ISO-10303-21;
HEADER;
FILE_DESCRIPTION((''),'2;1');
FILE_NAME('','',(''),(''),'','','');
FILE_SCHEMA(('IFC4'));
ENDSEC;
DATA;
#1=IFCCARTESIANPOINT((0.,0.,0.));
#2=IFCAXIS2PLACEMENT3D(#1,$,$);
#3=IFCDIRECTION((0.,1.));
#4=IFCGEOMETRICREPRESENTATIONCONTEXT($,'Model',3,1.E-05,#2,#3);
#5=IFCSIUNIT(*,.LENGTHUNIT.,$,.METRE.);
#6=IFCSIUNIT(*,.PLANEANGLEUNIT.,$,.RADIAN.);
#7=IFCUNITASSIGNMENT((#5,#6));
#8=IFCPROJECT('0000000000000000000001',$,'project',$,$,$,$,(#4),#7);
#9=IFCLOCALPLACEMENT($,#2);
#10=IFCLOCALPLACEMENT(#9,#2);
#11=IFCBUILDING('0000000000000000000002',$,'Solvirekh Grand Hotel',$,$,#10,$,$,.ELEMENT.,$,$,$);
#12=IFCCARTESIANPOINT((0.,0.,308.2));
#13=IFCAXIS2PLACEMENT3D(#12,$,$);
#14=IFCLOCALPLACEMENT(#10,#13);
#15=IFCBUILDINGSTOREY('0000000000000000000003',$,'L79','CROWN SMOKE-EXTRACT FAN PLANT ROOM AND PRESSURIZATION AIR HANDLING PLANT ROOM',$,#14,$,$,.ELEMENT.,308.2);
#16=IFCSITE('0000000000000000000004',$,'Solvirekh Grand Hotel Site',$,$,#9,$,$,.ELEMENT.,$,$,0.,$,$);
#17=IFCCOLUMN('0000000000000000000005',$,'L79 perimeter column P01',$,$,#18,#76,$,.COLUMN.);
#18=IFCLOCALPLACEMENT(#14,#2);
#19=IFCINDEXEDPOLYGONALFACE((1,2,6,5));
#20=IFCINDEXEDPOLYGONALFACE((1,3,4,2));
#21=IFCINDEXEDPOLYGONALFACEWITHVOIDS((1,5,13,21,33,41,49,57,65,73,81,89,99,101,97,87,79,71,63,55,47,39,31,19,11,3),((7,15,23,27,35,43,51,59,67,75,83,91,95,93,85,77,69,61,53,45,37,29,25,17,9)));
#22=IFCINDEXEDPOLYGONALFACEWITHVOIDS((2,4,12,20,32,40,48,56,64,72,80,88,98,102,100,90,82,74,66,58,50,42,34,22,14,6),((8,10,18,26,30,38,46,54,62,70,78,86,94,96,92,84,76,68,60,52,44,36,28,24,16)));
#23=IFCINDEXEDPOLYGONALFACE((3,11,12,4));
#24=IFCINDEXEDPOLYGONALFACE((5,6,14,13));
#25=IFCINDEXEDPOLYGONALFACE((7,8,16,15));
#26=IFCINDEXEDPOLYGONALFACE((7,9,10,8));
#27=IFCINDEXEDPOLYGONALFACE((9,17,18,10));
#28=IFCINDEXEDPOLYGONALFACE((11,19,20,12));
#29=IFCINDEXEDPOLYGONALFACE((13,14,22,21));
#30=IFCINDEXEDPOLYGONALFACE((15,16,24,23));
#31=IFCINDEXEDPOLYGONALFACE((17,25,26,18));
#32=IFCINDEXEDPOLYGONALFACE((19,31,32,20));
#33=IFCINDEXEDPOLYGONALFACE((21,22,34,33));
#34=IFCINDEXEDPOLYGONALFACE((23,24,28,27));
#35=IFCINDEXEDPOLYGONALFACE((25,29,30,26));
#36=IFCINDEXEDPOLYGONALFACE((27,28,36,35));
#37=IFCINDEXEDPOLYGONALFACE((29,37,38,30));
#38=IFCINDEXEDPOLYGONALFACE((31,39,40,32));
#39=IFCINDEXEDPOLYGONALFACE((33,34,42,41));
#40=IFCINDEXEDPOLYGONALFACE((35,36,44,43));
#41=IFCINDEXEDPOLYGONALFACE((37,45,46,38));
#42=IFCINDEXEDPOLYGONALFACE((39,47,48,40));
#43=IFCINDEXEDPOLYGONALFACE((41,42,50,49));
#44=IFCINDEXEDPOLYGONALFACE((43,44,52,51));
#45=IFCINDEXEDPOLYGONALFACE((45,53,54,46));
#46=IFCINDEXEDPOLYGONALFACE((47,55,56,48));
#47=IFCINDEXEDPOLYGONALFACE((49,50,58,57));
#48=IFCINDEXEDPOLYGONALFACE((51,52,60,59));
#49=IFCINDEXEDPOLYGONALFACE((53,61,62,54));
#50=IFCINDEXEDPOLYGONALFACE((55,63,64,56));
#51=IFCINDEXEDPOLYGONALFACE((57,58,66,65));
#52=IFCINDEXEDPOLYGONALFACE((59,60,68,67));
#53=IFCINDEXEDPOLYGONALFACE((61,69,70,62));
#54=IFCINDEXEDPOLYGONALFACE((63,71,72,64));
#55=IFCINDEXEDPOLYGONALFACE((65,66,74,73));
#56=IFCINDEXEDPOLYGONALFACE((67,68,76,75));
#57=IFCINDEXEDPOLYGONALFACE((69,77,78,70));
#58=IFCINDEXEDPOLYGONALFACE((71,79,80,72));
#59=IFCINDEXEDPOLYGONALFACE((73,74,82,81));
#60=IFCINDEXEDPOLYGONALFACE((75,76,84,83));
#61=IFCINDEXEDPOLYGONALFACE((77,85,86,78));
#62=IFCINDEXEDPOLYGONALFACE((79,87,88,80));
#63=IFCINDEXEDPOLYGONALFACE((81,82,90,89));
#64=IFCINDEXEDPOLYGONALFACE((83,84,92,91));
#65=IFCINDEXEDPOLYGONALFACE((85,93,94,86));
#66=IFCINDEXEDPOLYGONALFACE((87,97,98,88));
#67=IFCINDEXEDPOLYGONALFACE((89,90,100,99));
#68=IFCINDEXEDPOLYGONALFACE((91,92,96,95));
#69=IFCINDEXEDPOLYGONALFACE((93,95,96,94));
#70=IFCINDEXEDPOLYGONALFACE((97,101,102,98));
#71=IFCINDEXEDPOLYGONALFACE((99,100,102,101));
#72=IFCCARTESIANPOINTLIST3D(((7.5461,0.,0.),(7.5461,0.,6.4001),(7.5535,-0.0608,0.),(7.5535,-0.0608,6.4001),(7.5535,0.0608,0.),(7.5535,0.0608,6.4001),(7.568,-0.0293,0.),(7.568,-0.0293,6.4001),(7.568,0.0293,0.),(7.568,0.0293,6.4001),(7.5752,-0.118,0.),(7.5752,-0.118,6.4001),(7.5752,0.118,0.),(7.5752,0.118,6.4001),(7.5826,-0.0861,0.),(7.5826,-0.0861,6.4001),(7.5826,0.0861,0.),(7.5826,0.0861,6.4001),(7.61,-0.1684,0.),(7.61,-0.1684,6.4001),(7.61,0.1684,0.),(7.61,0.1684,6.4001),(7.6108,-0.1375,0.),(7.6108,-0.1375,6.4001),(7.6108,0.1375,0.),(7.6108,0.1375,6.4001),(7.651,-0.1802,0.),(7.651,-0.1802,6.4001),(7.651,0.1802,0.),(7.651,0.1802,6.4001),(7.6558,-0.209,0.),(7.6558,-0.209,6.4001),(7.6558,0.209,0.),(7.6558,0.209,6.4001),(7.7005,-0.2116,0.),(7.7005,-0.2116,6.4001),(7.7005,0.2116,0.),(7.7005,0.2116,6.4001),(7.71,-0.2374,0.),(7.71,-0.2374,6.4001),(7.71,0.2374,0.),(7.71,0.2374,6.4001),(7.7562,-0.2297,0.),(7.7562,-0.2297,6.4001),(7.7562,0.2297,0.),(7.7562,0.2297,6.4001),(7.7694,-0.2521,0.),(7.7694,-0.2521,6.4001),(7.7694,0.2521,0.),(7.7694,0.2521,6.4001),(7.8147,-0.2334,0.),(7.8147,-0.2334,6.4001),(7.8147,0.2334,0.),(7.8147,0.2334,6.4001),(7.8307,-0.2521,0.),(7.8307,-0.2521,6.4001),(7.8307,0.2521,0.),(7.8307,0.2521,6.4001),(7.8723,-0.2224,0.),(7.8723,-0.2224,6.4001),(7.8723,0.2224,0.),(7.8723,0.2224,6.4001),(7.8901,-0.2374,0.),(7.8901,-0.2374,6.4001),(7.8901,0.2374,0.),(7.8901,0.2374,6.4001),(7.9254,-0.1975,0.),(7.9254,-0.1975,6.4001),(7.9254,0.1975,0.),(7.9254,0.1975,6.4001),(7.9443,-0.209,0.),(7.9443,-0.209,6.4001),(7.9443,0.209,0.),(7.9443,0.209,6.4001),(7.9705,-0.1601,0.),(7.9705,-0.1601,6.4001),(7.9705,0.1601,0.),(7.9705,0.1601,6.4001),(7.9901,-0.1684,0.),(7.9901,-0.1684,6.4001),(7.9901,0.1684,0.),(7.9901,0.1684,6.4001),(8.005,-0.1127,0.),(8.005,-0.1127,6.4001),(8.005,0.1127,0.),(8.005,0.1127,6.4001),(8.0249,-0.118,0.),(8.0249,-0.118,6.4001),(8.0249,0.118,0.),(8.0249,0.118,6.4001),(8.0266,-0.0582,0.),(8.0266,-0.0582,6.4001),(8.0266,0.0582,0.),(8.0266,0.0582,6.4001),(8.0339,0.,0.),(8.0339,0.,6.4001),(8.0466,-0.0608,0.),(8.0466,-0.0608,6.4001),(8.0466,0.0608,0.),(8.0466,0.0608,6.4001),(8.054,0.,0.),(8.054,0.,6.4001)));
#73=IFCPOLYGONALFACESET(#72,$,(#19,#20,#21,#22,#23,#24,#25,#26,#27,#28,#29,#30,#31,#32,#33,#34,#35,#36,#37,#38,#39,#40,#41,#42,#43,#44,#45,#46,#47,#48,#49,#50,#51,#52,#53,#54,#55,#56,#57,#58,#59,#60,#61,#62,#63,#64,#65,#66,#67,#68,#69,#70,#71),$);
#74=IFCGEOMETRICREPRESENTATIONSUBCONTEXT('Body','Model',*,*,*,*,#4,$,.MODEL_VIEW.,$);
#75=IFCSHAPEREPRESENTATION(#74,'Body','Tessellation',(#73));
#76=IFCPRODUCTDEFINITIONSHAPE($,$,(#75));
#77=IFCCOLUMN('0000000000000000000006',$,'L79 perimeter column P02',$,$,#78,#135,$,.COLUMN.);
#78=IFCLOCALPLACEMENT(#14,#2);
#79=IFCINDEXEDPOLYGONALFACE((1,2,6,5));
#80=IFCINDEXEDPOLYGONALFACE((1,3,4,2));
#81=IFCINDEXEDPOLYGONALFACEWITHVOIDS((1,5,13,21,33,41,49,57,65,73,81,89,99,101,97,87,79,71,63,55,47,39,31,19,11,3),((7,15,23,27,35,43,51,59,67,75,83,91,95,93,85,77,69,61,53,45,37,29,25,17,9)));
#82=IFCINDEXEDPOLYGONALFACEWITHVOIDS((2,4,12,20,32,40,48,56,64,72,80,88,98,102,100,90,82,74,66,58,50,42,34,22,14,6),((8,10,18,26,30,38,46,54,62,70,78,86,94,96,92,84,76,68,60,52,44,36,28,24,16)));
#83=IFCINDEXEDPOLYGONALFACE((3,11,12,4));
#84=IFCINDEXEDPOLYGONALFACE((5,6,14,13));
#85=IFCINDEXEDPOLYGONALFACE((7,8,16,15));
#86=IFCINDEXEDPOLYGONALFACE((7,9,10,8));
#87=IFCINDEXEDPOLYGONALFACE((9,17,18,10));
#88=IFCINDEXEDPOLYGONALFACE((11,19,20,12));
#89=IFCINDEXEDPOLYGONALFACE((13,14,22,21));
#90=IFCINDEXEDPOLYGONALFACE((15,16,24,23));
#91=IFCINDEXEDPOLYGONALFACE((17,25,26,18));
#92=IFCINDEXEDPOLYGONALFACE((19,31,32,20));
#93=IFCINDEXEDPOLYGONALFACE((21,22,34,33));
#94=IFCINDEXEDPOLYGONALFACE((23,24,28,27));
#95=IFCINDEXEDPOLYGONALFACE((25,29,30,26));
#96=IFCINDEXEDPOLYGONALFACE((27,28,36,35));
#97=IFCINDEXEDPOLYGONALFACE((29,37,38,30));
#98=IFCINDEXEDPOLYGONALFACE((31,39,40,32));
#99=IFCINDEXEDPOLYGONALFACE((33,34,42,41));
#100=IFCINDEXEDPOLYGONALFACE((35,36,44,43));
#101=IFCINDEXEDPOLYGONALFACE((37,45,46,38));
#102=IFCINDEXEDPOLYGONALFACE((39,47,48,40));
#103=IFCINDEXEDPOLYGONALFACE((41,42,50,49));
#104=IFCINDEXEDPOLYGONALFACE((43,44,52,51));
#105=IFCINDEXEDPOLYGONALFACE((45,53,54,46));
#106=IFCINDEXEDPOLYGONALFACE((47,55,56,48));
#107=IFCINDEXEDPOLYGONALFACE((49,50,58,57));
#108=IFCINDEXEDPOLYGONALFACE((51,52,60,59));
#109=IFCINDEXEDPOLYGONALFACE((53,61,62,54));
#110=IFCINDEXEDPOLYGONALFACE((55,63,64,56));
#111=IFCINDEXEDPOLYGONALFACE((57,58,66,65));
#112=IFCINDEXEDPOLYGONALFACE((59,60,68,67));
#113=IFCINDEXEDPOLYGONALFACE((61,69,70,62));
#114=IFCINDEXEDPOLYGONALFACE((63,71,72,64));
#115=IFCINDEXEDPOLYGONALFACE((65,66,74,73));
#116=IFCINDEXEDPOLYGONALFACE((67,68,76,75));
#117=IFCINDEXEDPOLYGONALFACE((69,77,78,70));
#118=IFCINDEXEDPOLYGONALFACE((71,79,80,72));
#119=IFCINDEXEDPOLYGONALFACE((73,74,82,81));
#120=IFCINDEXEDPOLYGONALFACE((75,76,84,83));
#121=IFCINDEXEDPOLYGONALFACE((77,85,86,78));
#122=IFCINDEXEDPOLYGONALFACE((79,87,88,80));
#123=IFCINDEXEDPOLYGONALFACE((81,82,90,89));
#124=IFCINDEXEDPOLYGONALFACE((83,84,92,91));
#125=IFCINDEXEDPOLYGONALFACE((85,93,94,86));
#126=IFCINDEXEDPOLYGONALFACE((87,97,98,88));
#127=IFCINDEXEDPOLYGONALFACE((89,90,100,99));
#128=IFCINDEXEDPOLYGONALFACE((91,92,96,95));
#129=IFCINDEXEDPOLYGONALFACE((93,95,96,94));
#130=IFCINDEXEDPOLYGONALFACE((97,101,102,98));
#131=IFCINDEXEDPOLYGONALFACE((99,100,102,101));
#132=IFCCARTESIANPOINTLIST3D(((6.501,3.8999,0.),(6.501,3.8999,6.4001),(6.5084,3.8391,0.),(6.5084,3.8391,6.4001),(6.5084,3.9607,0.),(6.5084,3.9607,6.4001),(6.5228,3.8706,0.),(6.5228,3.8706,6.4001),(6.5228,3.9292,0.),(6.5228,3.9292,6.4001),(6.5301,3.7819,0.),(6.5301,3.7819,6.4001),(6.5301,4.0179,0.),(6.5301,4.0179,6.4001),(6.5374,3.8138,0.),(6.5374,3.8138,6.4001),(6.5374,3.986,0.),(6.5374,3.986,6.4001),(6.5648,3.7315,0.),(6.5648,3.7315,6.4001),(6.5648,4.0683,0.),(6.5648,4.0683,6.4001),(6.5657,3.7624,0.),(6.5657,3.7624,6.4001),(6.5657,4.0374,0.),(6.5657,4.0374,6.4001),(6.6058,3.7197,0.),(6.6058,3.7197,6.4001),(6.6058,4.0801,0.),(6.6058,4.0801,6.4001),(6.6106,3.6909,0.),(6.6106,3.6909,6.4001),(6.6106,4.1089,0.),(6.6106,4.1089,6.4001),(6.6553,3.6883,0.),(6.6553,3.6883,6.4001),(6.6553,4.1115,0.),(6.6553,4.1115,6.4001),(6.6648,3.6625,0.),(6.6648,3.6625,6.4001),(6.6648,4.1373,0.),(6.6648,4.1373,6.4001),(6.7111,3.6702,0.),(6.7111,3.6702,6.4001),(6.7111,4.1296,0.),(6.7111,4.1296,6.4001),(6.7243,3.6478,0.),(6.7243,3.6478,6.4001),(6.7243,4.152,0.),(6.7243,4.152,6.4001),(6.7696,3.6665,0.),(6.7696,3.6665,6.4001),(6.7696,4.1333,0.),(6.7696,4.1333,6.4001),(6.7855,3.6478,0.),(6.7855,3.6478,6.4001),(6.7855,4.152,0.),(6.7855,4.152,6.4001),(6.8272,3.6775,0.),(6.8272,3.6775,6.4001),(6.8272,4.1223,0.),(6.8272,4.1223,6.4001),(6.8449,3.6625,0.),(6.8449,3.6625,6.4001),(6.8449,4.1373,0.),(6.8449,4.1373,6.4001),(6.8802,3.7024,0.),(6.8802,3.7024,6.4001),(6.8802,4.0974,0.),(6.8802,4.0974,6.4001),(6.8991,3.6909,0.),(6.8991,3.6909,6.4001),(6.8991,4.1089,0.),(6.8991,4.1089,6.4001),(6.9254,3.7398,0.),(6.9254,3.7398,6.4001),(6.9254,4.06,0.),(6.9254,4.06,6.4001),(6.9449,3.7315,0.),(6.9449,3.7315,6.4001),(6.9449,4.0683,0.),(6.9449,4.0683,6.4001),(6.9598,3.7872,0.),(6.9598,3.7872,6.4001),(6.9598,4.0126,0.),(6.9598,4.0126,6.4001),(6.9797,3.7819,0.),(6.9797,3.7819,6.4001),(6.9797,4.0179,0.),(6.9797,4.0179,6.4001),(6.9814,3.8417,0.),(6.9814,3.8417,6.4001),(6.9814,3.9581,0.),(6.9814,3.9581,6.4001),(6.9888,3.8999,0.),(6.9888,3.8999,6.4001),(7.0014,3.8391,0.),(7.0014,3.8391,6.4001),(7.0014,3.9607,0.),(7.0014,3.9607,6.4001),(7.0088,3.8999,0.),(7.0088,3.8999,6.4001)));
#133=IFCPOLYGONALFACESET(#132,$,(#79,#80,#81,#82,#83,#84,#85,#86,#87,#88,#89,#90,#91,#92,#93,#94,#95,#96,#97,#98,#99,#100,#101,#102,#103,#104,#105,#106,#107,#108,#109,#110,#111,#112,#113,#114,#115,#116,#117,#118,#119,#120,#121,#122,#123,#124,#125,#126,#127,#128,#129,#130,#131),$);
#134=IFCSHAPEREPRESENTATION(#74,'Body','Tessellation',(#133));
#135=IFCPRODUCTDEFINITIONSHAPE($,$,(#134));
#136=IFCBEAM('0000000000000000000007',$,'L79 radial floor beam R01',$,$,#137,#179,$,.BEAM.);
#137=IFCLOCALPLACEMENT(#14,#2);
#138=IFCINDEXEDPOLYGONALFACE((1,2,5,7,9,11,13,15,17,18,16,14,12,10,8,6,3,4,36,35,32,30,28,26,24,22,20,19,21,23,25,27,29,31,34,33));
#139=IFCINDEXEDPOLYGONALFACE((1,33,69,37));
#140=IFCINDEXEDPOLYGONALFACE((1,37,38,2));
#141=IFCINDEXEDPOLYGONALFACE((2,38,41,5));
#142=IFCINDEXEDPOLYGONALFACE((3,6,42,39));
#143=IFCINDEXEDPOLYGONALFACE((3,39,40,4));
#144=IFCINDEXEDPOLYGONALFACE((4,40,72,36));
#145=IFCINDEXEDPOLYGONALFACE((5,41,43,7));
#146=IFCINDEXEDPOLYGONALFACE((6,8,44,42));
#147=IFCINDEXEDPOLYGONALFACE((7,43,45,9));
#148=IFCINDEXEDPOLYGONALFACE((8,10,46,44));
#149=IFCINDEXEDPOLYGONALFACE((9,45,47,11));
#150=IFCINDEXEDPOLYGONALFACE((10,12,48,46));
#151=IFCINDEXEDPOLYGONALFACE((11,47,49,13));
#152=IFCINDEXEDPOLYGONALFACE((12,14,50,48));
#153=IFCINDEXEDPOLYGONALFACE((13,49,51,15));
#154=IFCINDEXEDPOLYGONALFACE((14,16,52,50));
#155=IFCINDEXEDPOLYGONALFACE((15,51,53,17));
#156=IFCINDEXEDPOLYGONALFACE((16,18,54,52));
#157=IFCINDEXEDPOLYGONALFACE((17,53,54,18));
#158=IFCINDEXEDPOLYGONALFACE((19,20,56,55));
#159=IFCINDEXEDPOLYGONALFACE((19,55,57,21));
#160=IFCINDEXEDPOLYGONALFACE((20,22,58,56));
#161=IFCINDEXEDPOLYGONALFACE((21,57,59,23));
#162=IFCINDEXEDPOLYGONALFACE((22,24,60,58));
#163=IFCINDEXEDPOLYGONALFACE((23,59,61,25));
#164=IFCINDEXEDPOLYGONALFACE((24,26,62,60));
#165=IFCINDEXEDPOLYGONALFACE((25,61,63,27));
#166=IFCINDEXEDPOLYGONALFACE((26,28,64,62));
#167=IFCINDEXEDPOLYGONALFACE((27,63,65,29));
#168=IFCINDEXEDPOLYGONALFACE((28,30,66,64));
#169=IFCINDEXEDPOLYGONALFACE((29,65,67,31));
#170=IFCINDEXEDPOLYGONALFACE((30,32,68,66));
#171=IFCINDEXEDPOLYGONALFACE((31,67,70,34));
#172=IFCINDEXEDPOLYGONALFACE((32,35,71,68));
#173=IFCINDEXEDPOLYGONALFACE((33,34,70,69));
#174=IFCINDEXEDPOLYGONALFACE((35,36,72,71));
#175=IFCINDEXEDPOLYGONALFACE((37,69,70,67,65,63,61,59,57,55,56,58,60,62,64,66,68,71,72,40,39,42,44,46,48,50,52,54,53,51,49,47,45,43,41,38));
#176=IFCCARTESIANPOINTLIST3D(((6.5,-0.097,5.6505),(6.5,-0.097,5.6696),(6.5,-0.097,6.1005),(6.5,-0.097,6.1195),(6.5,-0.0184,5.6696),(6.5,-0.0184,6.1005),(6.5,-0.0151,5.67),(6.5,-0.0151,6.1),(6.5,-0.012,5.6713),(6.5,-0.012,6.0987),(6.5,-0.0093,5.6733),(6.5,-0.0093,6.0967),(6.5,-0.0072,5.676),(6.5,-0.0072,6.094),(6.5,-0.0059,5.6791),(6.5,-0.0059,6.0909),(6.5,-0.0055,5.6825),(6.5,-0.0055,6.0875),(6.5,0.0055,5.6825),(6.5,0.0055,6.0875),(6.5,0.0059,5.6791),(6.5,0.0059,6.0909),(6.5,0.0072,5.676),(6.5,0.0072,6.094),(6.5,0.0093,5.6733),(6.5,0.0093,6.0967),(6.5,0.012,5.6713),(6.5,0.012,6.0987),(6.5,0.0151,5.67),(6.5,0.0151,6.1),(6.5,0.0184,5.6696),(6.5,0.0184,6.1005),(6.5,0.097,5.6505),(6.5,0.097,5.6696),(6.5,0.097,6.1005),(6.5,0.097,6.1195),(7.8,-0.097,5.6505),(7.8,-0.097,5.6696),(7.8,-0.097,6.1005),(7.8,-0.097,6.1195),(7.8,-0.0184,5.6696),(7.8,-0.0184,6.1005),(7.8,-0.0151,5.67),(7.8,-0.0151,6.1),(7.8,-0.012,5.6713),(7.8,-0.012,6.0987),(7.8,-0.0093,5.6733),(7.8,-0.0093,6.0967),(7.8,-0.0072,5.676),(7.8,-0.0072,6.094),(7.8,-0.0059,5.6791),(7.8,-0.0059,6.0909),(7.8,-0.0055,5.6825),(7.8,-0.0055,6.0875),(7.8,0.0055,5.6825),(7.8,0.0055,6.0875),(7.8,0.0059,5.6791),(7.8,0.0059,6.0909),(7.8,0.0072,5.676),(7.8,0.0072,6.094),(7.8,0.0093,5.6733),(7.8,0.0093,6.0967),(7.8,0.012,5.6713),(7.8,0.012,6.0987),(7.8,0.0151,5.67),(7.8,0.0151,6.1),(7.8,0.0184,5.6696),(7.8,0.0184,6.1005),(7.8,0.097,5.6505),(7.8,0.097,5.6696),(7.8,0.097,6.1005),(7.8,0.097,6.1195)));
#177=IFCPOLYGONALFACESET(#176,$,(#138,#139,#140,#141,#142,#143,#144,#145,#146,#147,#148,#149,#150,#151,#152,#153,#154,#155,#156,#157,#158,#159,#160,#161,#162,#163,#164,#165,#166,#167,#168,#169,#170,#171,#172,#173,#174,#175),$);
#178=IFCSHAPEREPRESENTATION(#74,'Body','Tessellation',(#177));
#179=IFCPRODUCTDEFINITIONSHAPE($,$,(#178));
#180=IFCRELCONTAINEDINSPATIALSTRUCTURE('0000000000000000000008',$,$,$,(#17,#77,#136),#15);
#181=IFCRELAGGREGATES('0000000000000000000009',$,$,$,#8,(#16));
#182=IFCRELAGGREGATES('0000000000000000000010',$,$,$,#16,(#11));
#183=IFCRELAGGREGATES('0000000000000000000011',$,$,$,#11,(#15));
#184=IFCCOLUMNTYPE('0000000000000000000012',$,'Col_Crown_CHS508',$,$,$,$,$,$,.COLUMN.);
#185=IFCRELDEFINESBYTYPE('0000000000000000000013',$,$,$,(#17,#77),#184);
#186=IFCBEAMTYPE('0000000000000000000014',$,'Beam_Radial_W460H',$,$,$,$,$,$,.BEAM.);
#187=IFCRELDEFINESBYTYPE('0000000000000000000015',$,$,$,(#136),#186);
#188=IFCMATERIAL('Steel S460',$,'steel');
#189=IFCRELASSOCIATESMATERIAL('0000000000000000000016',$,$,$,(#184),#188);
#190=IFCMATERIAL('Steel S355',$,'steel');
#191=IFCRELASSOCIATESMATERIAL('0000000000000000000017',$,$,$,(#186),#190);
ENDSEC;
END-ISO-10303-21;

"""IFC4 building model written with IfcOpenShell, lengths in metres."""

from ifc_helpers import new_model, si_unit, direction, frame, origin, origin_2d, place, context, subcontext, project, spatial, hollow_circle, i_section, extrude, material, material_profile, profile_set, type_object, element, save


model = new_model("IFC4")

# Units and contexts
model_context = context("Model", 3, precision=1e-05, world=origin(), true_north=direction((0.0, 1.0)))
body_context = subcontext(model_context, "Body", "Model", "MODEL_VIEW")
ifc_project = project(units=[si_unit("LENGTHUNIT", "METRE"), si_unit("PLANEANGLEUNIT", "RADIAN")], contexts=[model_context])

# Site, building, storey
site_placement = place(None, origin())
site = spatial("IfcSite", under=ifc_project, at=site_placement, Name="Solvirekh Grand Hotel Site", CompositionType="ELEMENT", RefElevation=0.0)
building_placement = place(site_placement, origin())
building = spatial("IfcBuilding", under=site, at=building_placement, Name="Solvirekh Grand Hotel", CompositionType="ELEMENT")
storey_placement = place(building_placement, frame((0.0, 0.0, 308.2)))
storey = spatial("IfcBuildingStorey", under=building, at=storey_placement, Name="L79", Description="CROWN SMOKE-EXTRACT FAN PLANT ROOM AND PRESSURIZATION AIR HANDLING PLANT ROOM", CompositionType="ELEMENT", Elevation=308.2)

# Columns
ifc_material_1 = material(Name="Steel S460", Category="steel")
ifc_material_profile_1 = material_profile(ifc_material_1, hollow_circle(Radius=0.2539, WallThickness=0.02, at=origin_2d()), Name="CHS 508X20")
ifc_profile_set_1 = profile_set([ifc_material_profile_1], Name="Steel S460")
column_type = type_object("IfcColumnType", Name="Col_Crown_CHS508", PredefinedType="COLUMN", material=ifc_profile_set_1)
for number, where, z_axis, x_axis, name in (
    (1, (7.8, 0.0, 0.0), (0.0, 0.0, 1.0), (1.0, 0.0, 0.0), "L79 perimeter column P01"),
    (2, (6.7549, 3.8999, 0.0), (0.0, 0.0, 1.0), (1.0, 0.0, 0.0), "L79 perimeter column P02"),
):
    element("IfcColumn", number, at=place(storey_placement, frame(where, z_axis=z_axis, x_axis=x_axis)), inside=storey, type_object=column_type, Name=name, PredefinedType="COLUMN", context=body_context, shape_type="SweptSolid", body=[
        extrude(hollow_circle(Radius=0.2539, WallThickness=0.02, at=origin_2d()), origin(), (0.0, 0.0, 1.0), 6.4001),
    ])

# Beam
ifc_material_2 = material(Name="Steel S355", Category="steel")
ifc_material_profile_2 = material_profile(ifc_material_2, i_section(OverallWidth=0.1941, OverallDepth=0.469, WebThickness=0.011, FlangeThickness=0.019, FilletRadius=0.0129, at=origin_2d()), Name="W460X106")
ifc_profile_set_2 = profile_set([ifc_material_profile_2], Name="Steel S355")
beam_type_1 = type_object("IfcBeamType", Name="Beam_Radial_W460H", PredefinedType="BEAM", material=ifc_profile_set_2)
beam_1_placement = place(storey_placement, frame((6.5, 0.0, 5.885), z_axis=(1.0, 0.0, 0.0), x_axis=(0.0, 1.0, 0.0)))
element("IfcBeam", 3, at=beam_1_placement, inside=storey, type_object=beam_type_1, Name="L79 radial floor beam R01", PredefinedType="BEAM", context=body_context, shape_type="SweptSolid", body=[
    extrude(i_section(OverallWidth=0.1941, OverallDepth=0.469, WebThickness=0.011, FlangeThickness=0.019, FilletRadius=0.0129, at=origin_2d()), origin(), (0.0, 0.0, 1.0), 1.3),
])

save(model, "model.ifc")
